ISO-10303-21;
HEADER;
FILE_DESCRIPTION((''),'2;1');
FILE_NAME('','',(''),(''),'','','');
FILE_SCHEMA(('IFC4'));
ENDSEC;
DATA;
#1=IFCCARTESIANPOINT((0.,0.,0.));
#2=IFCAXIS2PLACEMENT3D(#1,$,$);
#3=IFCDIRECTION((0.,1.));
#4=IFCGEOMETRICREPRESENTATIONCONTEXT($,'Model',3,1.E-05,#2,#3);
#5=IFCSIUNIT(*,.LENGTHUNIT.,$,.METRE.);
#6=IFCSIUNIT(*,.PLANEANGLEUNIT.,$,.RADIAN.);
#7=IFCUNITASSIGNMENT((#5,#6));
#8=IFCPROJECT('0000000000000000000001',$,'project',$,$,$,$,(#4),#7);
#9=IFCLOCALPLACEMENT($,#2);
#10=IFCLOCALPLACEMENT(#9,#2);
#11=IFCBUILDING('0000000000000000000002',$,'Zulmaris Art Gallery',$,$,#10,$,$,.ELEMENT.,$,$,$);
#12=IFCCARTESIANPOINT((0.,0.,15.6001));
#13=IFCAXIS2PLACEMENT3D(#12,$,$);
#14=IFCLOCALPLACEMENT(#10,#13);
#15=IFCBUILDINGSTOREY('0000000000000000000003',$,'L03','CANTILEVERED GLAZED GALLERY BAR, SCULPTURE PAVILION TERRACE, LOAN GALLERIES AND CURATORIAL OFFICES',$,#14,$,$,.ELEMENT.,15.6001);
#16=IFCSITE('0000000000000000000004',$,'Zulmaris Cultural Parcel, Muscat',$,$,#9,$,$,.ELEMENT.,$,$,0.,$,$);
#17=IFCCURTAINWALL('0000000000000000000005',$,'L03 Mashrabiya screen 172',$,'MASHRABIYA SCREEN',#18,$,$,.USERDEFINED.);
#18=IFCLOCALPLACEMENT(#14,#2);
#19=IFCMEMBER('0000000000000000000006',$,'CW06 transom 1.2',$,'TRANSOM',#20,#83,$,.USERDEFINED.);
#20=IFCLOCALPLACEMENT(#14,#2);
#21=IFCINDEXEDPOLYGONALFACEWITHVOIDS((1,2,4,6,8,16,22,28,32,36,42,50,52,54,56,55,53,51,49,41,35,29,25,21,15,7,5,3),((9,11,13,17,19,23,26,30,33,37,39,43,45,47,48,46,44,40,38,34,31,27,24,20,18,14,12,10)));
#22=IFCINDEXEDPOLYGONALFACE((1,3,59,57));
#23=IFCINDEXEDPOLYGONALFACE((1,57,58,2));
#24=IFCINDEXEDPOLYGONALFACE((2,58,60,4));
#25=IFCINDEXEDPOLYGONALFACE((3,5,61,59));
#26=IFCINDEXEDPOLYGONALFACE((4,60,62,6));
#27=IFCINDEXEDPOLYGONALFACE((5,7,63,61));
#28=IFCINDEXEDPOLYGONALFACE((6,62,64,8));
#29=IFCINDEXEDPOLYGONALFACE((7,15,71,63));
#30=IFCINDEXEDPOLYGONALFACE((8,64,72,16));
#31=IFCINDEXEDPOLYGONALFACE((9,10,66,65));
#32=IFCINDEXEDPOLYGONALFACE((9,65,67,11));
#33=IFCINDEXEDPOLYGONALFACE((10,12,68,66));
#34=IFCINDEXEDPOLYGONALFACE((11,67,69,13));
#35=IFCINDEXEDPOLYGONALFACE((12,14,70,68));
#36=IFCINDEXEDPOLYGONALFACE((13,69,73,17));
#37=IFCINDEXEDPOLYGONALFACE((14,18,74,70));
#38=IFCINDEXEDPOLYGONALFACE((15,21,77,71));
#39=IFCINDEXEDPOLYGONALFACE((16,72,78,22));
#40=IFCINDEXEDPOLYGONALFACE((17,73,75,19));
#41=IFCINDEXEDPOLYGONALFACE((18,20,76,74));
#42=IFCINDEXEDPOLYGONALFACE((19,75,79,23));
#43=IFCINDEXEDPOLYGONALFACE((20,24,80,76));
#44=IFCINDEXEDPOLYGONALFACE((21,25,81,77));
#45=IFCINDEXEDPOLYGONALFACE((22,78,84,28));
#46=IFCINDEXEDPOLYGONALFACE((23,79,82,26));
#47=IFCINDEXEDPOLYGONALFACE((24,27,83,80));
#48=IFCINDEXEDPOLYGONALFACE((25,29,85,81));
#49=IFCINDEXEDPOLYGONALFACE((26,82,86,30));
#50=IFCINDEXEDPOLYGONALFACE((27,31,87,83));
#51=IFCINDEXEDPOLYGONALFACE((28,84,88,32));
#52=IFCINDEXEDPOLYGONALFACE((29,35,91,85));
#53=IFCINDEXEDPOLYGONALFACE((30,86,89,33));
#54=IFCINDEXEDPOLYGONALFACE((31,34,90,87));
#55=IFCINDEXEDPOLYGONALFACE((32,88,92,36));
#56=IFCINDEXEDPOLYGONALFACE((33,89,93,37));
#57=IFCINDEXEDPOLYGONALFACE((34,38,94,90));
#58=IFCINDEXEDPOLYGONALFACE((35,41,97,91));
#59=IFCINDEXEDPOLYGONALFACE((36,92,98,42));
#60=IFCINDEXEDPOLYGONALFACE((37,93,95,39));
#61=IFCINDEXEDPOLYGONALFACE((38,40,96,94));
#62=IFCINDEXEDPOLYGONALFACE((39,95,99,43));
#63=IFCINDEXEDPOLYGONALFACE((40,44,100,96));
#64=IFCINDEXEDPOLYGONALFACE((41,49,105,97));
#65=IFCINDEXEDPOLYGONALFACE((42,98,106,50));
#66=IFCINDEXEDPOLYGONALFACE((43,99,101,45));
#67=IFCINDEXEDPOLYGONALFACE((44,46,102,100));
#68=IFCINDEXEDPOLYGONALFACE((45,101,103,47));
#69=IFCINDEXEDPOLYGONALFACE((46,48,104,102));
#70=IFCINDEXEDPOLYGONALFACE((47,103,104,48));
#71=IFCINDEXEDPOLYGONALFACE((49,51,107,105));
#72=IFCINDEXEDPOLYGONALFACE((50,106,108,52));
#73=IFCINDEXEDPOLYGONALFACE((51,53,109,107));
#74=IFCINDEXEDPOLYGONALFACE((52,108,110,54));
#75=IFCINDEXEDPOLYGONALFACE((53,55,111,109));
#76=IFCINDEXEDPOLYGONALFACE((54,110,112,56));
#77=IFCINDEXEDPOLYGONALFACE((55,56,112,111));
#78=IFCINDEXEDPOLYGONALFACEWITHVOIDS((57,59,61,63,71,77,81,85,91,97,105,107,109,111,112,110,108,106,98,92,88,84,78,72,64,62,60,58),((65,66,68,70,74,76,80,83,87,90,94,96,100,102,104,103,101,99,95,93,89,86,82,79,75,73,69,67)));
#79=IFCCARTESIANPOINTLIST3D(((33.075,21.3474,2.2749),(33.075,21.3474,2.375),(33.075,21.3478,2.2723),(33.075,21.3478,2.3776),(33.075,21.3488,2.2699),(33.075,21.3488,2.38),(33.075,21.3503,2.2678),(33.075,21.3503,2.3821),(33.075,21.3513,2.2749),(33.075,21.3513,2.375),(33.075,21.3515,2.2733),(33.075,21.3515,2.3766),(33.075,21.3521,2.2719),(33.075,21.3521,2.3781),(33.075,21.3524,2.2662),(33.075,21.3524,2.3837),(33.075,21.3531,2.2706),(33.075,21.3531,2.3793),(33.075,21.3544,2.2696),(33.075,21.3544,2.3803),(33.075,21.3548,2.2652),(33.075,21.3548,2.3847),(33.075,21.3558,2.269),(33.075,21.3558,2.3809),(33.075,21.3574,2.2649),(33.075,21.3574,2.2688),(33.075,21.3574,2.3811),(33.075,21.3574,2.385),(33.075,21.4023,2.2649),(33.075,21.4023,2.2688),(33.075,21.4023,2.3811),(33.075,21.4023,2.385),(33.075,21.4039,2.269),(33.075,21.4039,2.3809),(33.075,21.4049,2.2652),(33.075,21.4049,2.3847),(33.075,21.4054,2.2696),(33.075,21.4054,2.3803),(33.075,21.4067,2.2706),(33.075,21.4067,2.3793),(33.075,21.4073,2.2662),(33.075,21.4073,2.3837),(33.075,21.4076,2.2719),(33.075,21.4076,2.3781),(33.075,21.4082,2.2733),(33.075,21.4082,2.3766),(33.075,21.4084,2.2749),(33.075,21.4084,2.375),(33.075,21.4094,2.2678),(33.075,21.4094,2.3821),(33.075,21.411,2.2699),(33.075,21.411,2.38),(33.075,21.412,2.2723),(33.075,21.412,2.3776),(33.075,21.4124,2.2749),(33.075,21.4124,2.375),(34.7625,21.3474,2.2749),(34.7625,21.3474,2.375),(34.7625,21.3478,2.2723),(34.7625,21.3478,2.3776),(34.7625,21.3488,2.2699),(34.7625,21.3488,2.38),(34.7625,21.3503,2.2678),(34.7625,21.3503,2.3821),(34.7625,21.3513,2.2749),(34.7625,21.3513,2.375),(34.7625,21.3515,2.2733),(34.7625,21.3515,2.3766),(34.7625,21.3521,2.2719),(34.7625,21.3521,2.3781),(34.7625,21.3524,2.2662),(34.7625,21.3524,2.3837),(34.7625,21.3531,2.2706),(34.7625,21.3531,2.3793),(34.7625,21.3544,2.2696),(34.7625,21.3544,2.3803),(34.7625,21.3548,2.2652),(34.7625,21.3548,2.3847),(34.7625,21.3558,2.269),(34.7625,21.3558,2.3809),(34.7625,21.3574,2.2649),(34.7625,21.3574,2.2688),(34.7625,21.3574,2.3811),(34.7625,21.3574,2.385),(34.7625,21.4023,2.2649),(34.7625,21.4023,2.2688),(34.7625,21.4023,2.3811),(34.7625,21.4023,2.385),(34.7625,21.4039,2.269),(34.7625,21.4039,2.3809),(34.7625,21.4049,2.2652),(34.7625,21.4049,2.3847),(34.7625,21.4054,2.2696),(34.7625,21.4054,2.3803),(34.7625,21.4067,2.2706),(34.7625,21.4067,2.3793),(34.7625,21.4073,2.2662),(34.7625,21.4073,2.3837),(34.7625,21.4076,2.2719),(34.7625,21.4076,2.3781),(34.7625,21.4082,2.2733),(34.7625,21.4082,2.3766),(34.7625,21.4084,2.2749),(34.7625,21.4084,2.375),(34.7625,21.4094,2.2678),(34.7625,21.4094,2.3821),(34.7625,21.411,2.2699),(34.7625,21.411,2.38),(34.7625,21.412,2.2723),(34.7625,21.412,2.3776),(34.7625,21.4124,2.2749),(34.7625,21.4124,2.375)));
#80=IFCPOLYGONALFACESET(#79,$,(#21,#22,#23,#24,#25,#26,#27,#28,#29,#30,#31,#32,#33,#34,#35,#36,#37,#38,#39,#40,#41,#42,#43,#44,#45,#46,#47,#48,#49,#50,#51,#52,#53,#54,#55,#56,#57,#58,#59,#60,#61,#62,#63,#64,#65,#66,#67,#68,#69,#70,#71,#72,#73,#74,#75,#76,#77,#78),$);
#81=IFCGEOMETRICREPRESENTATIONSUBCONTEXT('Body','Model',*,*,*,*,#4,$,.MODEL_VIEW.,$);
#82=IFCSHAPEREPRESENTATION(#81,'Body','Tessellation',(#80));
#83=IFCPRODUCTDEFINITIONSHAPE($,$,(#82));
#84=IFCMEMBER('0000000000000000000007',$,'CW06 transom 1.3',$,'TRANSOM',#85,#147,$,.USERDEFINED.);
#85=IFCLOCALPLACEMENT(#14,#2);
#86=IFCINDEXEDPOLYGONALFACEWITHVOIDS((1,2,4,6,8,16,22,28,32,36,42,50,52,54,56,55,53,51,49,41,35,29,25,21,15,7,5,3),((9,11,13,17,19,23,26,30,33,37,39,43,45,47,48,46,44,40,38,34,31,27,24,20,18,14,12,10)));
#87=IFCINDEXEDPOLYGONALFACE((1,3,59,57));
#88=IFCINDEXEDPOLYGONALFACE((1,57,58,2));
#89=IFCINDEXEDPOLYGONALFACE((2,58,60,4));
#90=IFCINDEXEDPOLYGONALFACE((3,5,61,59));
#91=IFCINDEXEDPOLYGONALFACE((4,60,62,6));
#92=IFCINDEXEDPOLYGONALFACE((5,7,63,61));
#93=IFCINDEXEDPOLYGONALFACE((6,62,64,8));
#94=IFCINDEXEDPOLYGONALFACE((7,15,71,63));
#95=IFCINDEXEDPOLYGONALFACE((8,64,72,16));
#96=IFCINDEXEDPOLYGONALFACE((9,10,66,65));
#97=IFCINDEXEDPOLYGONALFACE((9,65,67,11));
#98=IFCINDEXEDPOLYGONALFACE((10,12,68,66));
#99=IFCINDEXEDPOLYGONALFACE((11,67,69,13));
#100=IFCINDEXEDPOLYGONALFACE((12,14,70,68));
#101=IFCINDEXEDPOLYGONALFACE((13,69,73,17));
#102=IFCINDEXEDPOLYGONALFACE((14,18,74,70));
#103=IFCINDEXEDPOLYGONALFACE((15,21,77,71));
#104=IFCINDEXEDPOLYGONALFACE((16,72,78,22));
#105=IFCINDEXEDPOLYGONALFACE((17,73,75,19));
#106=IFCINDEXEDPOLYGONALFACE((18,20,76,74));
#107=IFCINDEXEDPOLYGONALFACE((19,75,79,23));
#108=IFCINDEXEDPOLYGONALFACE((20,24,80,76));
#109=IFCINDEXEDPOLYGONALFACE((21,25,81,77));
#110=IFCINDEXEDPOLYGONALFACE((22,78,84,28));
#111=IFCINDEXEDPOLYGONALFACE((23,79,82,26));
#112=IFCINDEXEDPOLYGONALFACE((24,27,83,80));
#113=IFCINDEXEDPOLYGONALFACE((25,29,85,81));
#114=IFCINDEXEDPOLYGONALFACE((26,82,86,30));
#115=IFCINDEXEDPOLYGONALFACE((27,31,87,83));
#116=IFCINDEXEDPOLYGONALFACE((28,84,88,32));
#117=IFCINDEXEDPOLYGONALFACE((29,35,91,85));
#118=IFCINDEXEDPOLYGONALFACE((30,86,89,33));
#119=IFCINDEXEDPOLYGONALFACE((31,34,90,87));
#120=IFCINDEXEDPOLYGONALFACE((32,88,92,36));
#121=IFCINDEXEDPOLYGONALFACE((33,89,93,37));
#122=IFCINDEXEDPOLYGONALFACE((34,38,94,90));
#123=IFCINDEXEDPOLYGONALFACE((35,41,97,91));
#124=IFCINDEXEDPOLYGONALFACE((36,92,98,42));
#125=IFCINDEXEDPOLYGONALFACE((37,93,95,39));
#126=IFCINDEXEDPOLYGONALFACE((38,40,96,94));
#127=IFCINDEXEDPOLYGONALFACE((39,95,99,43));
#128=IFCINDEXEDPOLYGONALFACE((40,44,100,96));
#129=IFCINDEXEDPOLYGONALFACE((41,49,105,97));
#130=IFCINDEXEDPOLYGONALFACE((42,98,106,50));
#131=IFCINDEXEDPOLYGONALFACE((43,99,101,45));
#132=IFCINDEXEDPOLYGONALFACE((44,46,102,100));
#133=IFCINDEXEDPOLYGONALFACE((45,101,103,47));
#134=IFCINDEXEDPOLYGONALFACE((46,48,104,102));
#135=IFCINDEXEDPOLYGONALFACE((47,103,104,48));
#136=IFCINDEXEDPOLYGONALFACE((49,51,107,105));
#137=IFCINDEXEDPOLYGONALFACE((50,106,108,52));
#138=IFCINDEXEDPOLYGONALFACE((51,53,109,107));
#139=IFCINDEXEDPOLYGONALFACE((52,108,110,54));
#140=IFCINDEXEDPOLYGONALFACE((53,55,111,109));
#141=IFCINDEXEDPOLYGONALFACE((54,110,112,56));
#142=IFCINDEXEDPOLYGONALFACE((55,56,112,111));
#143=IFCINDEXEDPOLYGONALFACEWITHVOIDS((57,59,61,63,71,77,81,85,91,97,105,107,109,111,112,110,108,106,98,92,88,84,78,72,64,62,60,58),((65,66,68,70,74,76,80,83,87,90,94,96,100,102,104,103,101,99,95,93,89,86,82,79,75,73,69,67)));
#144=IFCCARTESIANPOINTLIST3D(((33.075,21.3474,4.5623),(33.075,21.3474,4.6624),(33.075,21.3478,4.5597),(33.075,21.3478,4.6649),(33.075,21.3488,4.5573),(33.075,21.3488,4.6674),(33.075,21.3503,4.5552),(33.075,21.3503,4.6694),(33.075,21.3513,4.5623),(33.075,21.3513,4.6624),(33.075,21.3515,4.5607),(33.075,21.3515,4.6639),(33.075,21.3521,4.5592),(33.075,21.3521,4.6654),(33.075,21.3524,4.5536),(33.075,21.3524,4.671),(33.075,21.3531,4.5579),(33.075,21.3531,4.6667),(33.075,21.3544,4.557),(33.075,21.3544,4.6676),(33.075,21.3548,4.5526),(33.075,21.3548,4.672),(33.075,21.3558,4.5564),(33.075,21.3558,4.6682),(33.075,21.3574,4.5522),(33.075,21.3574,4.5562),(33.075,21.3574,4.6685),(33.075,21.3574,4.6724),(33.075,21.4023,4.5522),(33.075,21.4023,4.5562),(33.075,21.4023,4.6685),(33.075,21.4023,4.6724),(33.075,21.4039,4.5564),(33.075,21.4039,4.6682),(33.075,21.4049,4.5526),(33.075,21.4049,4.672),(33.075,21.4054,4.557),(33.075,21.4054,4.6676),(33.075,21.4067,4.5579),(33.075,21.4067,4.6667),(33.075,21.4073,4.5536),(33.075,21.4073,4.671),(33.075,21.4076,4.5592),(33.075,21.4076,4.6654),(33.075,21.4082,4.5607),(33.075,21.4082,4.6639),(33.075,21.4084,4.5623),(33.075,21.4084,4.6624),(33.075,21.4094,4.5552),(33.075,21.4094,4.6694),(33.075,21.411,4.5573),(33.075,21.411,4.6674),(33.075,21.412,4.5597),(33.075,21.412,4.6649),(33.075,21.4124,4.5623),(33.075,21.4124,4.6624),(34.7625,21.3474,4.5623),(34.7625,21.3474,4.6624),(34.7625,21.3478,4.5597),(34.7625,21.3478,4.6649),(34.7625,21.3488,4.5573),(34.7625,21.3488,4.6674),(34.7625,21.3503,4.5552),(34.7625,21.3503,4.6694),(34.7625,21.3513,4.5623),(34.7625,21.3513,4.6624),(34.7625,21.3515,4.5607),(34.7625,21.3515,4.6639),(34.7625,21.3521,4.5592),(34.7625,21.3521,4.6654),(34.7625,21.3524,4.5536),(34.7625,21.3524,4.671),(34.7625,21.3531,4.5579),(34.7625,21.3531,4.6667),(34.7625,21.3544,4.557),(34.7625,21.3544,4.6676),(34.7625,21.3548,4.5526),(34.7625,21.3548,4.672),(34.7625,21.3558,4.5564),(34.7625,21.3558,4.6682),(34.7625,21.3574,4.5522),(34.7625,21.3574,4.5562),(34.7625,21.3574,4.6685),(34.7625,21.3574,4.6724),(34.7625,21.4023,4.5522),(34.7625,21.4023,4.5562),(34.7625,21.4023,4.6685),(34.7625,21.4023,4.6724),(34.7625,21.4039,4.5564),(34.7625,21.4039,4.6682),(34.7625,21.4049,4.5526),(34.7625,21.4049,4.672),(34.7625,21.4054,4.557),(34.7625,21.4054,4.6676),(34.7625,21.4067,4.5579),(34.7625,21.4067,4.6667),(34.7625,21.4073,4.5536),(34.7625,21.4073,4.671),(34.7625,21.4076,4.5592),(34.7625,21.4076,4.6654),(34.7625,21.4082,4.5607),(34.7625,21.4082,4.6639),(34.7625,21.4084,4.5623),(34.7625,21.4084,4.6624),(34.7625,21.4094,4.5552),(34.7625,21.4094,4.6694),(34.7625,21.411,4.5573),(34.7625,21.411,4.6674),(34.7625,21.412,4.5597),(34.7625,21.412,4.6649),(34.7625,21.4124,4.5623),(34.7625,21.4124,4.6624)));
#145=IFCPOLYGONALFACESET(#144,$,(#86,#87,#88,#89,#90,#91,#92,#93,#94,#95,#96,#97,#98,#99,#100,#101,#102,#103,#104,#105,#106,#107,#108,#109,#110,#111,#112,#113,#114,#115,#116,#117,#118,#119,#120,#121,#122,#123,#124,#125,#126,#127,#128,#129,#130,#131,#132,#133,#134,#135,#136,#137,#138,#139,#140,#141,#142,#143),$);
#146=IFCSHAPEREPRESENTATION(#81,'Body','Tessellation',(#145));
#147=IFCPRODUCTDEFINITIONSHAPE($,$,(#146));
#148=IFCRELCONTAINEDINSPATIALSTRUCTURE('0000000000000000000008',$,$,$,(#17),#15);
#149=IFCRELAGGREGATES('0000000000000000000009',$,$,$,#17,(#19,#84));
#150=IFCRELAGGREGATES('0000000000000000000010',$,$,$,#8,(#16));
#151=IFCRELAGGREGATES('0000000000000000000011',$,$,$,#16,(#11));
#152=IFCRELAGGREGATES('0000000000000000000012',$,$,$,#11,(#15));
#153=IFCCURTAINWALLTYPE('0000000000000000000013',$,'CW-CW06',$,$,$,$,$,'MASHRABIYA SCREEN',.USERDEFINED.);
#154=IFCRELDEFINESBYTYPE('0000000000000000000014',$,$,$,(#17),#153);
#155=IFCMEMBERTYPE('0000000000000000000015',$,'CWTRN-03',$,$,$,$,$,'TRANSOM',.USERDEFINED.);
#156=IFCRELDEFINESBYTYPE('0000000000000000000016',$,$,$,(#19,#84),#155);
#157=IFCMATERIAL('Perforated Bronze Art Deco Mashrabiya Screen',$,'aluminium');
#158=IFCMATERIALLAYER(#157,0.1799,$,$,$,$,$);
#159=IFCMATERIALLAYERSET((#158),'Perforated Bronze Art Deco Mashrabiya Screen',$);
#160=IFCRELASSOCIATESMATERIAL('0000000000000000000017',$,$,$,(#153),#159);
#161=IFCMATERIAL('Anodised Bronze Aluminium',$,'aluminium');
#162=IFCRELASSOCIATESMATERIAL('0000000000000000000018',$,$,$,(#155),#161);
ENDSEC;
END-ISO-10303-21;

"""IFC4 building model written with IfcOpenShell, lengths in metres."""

from ifc_helpers import new_model, si_unit, direction, frame, origin, origin_2d, place, context, subcontext, project, spatial, hollow_rectangle, extrude, material, layer, layer_set, material_profile, profile_set, type_object, element, aggregate, save


model = new_model("IFC4")

# Units and contexts
model_context = context("Model", 3, precision=1e-05, world=origin(), true_north=direction((0.0, 1.0)))
body_context = subcontext(model_context, "Body", "Model", "MODEL_VIEW")
ifc_project = project(units=[si_unit("LENGTHUNIT", "METRE"), si_unit("PLANEANGLEUNIT", "RADIAN")], contexts=[model_context])

# Site, building, storey
site_placement = place(None, origin())
site = spatial("IfcSite", under=ifc_project, at=site_placement, Name="Zulmaris Cultural Parcel, Muscat", CompositionType="ELEMENT", RefElevation=0.0)
building_placement = place(site_placement, origin())
building = spatial("IfcBuilding", under=site, at=building_placement, Name="Zulmaris Art Gallery", CompositionType="ELEMENT")
storey_placement = place(building_placement, frame((0.0, 0.0, 15.6001)))
storey = spatial("IfcBuildingStorey", under=building, at=storey_placement, Name="L03", Description="CANTILEVERED GLAZED GALLERY BAR, SCULPTURE PAVILION TERRACE, LOAN GALLERIES AND CURATORIAL OFFICES", CompositionType="ELEMENT", Elevation=15.6001)

# Curtain wall
ifc_material_1 = material(Name="Perforated Bronze Art Deco Mashrabiya Screen", Category="aluminium")
ifc_layer_1 = layer(ifc_material_1, 0.1799)
ifc_layer_set_1 = layer_set([ifc_layer_1], Name="Perforated Bronze Art Deco Mashrabiya Screen")
curtain_wall_type = type_object("IfcCurtainWallType", Name="CW-CW06", ElementType="MASHRABIYA SCREEN", PredefinedType="USERDEFINED", material=ifc_layer_set_1)
ifc_material_2 = material(Name="Anodised Bronze Aluminium", Category="aluminium")
curtain_wall_1_placement = place(storey_placement, origin())
curtain_wall_1 = element("IfcCurtainWall", 1, at=curtain_wall_1_placement, inside=storey, type_object=curtain_wall_type, Name="L03 Mashrabiya screen 172", ObjectType="MASHRABIYA SCREEN", PredefinedType="USERDEFINED")

# Members
ifc_material_profile_1 = material_profile(ifc_material_2, hollow_rectangle(XDim=0.0649, YDim=0.1201, WallThickness=0.0039, InnerFilletRadius=0.0061, OuterFilletRadius=0.01, at=origin_2d()), Name="ALU 65x120x4")
ifc_profile_set_1 = profile_set([ifc_material_profile_1], Name="Anodised Bronze Aluminium")
member_type_1 = type_object("IfcMemberType", Name="CWTRN-03", ElementType="TRANSOM", PredefinedType="USERDEFINED", material=ifc_profile_set_1)
member_1_placement = place(storey_placement, frame((33.075, 21.3799, 2.325), z_axis=(1.0, 0.0, 0.0), x_axis=(0.0, 1.0, 0.0)))
member_1 = element("IfcMember", 2, at=member_1_placement, type_object=member_type_1, Name="CW06 transom 1.2", ObjectType="TRANSOM", PredefinedType="USERDEFINED", context=body_context, shape_type="SweptSolid", body=[
    extrude(hollow_rectangle(XDim=0.0649, YDim=0.1201, WallThickness=0.0039, InnerFilletRadius=0.0061, OuterFilletRadius=0.01, at=origin_2d()), origin(), (0.0, 0.0, 1.0), 1.6875),
])
member_2_placement = place(storey_placement, frame((33.075, 21.3799, 4.6123), z_axis=(1.0, 0.0, 0.0), x_axis=(0.0, 1.0, 0.0)))
member_2 = element("IfcMember", 3, at=member_2_placement, type_object=member_type_1, Name="CW06 transom 1.3", ObjectType="TRANSOM", PredefinedType="USERDEFINED", context=body_context, shape_type="SweptSolid", body=[
    extrude(hollow_rectangle(XDim=0.0649, YDim=0.1201, WallThickness=0.0039, InnerFilletRadius=0.0061, OuterFilletRadius=0.01, at=origin_2d()), origin(), (0.0, 0.0, 1.0), 1.6875),
])

aggregate(curtain_wall_1, [member_1, member_2])

save(model, "model.ifc")
